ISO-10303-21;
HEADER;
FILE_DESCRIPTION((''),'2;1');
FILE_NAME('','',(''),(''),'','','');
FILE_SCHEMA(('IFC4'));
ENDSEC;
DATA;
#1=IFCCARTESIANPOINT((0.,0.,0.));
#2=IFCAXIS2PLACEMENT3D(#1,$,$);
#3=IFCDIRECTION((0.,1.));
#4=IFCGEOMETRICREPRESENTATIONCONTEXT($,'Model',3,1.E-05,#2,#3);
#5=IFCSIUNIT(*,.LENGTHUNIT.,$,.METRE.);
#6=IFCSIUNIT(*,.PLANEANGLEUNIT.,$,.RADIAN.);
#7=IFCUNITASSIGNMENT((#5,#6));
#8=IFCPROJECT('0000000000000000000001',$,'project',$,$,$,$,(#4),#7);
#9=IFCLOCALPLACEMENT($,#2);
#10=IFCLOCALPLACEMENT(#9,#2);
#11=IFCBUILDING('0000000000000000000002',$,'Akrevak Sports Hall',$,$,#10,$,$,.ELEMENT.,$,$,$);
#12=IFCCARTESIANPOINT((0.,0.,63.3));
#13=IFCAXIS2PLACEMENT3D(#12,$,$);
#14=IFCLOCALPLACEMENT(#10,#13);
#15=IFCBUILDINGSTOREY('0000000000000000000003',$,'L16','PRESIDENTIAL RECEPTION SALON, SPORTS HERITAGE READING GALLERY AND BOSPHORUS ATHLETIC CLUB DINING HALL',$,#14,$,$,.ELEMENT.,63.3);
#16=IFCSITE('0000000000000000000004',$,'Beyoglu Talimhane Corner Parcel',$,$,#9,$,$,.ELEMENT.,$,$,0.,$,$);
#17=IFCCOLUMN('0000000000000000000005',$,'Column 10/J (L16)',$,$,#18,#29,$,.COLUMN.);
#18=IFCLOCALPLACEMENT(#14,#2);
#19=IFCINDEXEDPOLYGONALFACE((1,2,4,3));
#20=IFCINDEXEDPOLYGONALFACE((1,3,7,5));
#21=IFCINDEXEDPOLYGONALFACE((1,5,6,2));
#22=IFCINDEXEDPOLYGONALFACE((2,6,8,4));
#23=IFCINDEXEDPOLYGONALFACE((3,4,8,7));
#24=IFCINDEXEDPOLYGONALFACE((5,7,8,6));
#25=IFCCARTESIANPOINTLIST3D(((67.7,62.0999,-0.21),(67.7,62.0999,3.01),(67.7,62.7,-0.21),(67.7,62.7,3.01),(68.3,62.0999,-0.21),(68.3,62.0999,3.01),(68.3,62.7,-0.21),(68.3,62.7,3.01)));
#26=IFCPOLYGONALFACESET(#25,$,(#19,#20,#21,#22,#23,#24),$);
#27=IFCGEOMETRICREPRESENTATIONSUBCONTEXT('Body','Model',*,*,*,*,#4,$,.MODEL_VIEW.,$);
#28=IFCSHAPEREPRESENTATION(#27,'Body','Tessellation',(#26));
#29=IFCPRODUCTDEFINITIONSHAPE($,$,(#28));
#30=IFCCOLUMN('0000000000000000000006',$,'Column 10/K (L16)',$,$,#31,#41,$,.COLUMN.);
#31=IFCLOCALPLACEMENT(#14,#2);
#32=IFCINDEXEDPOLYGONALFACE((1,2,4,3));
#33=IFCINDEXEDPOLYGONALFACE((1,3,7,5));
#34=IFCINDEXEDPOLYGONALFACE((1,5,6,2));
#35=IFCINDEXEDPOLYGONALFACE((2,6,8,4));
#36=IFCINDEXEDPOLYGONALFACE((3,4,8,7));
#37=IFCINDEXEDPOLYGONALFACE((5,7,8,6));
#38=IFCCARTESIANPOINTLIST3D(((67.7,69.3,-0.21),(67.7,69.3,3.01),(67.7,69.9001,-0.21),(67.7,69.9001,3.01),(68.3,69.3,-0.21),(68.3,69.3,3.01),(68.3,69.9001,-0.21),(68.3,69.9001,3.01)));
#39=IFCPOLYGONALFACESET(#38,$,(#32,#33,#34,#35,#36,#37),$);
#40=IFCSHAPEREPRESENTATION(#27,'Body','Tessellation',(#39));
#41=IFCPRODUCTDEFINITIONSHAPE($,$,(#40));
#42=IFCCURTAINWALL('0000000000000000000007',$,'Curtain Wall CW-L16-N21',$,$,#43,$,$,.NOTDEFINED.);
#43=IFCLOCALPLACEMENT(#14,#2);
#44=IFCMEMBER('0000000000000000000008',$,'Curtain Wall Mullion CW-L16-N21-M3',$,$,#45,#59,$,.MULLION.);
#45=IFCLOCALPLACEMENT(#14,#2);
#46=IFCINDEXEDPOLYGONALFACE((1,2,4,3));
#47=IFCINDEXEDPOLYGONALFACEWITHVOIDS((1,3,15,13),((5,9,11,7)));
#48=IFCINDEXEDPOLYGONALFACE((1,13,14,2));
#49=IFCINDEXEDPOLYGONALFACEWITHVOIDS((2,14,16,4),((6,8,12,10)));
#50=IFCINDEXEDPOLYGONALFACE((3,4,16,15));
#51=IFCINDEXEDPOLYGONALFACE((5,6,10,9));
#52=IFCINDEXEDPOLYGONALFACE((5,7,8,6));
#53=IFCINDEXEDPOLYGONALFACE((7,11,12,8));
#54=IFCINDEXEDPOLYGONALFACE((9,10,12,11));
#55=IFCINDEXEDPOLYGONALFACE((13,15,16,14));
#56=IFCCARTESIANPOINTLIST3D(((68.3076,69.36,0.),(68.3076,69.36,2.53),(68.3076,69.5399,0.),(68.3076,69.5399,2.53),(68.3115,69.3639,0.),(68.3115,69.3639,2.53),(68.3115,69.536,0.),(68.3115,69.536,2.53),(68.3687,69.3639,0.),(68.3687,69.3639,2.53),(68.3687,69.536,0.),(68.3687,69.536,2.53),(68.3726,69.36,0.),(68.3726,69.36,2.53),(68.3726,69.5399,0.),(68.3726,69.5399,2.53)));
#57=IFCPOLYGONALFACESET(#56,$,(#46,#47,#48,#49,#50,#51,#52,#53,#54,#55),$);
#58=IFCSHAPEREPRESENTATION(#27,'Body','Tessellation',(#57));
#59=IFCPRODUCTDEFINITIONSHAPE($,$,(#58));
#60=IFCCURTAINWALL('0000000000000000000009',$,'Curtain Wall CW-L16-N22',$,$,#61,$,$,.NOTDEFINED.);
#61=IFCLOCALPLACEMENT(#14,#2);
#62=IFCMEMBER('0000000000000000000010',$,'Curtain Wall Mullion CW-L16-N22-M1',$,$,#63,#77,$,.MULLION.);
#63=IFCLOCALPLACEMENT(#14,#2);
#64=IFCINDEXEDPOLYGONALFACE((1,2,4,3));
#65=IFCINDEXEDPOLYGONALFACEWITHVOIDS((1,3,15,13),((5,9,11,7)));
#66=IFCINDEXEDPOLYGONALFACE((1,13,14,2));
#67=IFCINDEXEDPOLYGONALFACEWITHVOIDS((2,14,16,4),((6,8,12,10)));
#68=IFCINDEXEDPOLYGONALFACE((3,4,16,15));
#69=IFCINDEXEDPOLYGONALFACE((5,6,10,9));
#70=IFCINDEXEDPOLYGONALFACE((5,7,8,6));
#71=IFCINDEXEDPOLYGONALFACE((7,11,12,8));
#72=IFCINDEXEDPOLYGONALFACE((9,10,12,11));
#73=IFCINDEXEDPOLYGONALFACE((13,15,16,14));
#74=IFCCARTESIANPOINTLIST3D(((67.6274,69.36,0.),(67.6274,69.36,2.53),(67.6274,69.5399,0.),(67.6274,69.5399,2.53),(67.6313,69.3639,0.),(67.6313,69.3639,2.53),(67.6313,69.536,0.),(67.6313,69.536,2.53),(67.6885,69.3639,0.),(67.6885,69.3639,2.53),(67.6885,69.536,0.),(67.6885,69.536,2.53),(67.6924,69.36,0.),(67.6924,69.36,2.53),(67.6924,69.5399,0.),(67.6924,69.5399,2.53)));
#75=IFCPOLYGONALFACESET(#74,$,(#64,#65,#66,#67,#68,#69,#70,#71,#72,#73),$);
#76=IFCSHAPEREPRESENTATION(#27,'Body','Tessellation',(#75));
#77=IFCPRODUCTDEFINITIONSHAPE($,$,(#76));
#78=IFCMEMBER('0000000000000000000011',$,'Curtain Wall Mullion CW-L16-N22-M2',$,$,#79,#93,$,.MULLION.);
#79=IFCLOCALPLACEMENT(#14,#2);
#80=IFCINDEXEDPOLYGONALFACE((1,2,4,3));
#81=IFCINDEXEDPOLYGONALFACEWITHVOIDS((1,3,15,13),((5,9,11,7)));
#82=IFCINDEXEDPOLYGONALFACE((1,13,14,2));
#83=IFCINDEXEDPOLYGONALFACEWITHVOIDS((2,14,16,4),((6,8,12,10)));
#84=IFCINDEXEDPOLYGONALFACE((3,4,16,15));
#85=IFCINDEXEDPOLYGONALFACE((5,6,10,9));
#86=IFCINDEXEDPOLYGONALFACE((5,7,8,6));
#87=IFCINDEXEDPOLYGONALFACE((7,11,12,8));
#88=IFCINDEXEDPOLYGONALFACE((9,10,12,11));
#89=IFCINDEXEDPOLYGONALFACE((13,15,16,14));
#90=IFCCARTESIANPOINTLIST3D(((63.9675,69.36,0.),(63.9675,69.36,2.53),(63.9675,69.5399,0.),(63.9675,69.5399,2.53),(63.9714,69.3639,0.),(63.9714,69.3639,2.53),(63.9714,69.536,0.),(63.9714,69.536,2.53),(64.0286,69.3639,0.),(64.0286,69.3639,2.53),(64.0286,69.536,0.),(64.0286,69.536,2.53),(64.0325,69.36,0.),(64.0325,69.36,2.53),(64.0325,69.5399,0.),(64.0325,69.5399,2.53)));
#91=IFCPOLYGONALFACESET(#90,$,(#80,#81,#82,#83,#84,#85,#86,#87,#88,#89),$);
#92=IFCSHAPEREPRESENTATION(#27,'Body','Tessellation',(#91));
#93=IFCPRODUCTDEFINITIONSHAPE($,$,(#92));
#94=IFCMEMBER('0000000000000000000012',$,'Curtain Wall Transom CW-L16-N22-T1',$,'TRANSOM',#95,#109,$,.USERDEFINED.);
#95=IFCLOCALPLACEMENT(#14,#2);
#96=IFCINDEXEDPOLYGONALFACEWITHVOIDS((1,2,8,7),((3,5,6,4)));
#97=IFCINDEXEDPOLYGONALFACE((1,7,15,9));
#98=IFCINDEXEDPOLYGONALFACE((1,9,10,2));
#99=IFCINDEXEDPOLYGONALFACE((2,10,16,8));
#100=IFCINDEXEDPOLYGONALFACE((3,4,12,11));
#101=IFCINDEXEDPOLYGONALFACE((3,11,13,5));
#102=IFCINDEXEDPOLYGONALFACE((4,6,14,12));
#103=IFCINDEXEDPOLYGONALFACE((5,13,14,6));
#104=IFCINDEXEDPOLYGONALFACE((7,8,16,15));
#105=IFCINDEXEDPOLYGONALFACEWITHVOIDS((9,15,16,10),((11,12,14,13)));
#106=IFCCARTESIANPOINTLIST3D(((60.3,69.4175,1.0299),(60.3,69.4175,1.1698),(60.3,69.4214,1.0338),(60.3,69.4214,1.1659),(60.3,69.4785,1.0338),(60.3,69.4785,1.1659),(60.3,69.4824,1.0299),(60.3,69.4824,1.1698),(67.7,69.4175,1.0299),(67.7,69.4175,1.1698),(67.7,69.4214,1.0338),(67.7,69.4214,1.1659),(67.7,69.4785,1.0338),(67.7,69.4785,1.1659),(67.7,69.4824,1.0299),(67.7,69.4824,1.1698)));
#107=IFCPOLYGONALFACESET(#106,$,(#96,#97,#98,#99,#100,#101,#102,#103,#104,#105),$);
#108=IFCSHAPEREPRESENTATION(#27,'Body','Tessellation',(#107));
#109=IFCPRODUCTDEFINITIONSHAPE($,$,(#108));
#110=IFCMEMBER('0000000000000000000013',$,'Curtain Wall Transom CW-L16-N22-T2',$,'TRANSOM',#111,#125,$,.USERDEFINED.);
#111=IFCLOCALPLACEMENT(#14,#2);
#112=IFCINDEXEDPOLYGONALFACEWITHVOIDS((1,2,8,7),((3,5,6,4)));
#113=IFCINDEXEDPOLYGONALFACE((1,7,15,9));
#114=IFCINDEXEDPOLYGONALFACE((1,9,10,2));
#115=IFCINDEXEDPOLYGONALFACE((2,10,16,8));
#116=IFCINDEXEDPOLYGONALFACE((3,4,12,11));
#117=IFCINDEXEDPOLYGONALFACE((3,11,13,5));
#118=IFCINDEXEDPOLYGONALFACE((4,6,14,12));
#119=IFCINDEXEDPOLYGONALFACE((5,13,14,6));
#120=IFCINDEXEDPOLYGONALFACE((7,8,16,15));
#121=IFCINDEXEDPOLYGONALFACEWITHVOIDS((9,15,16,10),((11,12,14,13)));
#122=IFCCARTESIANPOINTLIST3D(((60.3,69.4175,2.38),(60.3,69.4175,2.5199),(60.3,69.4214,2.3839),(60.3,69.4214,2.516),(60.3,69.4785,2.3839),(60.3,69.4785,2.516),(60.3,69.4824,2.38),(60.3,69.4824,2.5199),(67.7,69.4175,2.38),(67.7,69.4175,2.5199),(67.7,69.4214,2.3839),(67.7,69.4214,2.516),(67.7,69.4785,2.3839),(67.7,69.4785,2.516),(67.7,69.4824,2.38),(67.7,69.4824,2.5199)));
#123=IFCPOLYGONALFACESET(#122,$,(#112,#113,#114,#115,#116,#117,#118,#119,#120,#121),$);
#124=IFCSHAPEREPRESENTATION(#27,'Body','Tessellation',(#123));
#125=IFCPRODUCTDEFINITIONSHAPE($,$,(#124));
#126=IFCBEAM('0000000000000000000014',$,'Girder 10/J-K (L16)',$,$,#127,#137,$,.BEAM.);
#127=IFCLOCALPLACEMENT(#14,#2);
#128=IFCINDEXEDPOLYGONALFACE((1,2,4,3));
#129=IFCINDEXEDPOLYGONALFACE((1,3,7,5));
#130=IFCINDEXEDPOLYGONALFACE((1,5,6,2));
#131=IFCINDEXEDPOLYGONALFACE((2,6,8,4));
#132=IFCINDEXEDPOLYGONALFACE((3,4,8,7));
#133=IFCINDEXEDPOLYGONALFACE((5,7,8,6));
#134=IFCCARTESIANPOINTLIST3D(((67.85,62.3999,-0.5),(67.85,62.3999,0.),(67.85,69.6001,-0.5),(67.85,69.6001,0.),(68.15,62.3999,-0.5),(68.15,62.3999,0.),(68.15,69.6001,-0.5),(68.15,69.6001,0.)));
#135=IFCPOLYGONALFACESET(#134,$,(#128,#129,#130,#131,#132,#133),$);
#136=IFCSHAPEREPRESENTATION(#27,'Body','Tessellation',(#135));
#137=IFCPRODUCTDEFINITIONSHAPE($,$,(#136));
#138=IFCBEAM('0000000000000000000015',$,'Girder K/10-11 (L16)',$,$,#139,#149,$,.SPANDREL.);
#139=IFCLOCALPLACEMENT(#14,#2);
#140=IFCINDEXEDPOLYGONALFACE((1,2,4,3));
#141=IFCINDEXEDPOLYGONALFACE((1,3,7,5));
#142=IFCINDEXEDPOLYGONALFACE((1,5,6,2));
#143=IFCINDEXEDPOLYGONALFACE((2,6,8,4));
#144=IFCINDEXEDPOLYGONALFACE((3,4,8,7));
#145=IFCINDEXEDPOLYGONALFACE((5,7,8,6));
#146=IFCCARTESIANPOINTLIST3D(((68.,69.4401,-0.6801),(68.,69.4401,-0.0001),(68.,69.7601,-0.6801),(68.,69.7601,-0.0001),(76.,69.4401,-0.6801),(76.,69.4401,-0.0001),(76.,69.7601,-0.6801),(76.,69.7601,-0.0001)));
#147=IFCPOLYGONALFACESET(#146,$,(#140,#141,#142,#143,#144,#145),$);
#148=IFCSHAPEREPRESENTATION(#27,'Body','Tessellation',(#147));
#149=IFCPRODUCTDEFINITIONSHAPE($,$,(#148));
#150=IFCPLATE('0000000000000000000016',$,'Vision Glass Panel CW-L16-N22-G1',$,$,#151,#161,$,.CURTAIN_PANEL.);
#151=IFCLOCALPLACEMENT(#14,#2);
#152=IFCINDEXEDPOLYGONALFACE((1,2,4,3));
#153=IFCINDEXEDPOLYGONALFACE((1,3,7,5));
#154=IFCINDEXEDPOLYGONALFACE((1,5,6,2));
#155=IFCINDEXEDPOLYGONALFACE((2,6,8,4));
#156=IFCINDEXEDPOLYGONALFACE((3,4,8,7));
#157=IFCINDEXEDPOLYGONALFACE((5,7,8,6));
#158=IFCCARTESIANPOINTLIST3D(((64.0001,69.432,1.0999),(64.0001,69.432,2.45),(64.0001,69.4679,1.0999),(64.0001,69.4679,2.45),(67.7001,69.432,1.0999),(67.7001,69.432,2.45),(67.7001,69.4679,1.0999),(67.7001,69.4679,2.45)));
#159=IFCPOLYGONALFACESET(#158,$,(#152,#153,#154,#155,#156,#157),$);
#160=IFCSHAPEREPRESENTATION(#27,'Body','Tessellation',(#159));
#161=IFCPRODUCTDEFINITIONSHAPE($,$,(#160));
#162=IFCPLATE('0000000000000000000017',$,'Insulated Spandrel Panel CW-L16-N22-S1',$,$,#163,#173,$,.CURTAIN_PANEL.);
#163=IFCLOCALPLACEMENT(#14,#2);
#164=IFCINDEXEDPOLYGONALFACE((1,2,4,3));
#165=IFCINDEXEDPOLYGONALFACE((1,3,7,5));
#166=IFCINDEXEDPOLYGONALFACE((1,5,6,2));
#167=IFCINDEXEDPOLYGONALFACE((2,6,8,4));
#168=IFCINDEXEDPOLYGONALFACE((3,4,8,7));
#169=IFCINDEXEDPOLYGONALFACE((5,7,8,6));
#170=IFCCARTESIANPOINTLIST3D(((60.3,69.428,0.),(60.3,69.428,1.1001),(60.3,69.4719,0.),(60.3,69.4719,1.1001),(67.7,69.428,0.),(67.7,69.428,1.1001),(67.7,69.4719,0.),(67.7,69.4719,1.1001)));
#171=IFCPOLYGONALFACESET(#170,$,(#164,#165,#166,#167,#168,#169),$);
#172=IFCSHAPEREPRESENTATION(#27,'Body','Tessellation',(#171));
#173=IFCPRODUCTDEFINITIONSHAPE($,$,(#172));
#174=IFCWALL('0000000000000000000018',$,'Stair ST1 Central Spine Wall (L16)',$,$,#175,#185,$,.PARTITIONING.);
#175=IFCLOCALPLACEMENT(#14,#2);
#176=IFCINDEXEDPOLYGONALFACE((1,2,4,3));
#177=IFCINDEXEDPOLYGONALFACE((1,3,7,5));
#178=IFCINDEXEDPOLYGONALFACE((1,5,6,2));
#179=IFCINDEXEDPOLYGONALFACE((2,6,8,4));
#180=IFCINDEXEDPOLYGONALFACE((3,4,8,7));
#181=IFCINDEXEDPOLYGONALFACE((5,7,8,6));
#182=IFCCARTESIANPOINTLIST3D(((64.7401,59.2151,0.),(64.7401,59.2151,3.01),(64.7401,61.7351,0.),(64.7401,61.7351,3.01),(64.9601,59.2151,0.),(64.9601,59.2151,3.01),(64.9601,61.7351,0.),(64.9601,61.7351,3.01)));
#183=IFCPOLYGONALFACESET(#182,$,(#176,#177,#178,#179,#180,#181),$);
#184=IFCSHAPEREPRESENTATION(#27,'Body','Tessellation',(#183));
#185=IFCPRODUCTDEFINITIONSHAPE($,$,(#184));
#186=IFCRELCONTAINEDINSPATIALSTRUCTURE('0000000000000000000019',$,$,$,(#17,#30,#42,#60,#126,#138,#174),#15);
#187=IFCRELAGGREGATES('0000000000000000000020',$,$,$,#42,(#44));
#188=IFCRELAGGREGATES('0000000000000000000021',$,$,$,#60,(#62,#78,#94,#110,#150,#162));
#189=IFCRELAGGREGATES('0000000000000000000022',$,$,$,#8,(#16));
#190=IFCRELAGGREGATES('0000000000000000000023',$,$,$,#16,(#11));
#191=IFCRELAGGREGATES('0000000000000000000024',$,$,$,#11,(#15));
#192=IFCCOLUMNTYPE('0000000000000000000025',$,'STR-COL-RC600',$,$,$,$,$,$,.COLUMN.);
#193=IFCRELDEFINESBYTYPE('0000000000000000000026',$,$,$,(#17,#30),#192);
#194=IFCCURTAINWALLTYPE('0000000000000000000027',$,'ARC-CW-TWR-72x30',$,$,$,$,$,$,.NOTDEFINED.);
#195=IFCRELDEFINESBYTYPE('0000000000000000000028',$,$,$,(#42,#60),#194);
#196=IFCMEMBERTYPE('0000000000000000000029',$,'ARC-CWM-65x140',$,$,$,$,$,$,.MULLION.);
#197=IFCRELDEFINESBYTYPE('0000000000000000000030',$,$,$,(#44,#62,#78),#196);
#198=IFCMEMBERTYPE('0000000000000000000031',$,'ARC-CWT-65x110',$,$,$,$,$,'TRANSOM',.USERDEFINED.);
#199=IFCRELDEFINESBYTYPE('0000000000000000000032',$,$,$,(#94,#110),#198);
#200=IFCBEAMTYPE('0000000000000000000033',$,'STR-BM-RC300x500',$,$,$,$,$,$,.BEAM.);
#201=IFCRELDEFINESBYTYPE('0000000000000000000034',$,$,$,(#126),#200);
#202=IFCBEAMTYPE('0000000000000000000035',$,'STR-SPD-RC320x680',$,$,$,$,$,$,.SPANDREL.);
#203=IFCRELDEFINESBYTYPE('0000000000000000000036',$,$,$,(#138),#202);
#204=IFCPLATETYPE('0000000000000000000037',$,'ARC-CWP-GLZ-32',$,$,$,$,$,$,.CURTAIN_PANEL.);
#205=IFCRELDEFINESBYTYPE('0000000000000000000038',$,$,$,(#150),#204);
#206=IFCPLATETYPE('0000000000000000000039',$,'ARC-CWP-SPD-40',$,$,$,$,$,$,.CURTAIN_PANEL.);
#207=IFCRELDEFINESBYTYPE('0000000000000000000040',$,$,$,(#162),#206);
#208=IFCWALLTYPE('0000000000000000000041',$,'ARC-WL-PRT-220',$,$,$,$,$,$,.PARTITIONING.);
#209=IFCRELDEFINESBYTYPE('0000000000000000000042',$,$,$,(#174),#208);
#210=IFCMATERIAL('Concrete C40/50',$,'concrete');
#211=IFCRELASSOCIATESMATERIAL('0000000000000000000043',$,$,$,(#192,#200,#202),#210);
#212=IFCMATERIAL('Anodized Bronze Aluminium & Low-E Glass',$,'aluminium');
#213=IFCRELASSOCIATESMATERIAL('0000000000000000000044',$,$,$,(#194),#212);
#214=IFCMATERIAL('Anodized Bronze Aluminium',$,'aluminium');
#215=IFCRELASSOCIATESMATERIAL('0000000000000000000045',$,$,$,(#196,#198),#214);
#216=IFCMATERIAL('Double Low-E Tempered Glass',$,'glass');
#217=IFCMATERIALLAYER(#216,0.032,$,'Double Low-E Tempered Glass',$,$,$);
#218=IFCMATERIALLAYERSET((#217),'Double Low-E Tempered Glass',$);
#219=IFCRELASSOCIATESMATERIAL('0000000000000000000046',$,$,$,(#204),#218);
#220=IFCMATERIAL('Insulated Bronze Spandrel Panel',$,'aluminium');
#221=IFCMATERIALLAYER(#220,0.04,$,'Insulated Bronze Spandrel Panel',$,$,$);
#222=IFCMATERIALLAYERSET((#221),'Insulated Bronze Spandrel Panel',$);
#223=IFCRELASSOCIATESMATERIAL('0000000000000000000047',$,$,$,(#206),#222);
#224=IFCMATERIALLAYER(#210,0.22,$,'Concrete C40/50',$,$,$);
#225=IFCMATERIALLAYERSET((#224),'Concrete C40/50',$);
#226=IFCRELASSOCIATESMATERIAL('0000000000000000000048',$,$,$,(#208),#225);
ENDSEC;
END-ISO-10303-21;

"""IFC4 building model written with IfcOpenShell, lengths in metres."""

from ifc_helpers import new_model, si_unit, direction, frame, frame_2d, origin, origin_2d, place, context, subcontext, project, spatial, rectangle, hollow_rectangle, extrude, material, layer, layer_set, material_profile, profile_set, type_object, element, aggregate, save


model = new_model("IFC4")

# Units and contexts
model_context = context("Model", 3, precision=1e-05, world=origin(), true_north=direction((0.0, 1.0)))
body_context = subcontext(model_context, "Body", "Model", "MODEL_VIEW")
ifc_project = project(units=[si_unit("LENGTHUNIT", "METRE"), si_unit("PLANEANGLEUNIT", "RADIAN")], contexts=[model_context])

# Site, building, storey
site_placement = place(None, origin())
site = spatial("IfcSite", under=ifc_project, at=site_placement, Name="Beyoglu Talimhane Corner Parcel", CompositionType="ELEMENT", RefElevation=0.0)
building_placement = place(site_placement, origin())
building = spatial("IfcBuilding", under=site, at=building_placement, Name="Akrevak Sports Hall", CompositionType="ELEMENT")
storey_placement = place(building_placement, frame((0.0, 0.0, 63.3)))
storey = spatial("IfcBuildingStorey", under=building, at=storey_placement, Name="L16", Description="PRESIDENTIAL RECEPTION SALON, SPORTS HERITAGE READING GALLERY AND BOSPHORUS ATHLETIC CLUB DINING HALL", CompositionType="ELEMENT", Elevation=63.3)

# Columns
ifc_material_1 = material(Name="Concrete C40/50", Category="concrete")
ifc_material_profile_1 = material_profile(ifc_material_1, rectangle(XDim=0.6001, YDim=0.6001, at=origin_2d()), Name="RC 600x600", Category="concrete")
ifc_profile_set_1 = profile_set([ifc_material_profile_1], Name="Concrete C40/50")
column_type = type_object("IfcColumnType", Name="STR-COL-RC600", PredefinedType="COLUMN", material=ifc_profile_set_1)
for number, where, z_axis, x_axis, name in (
    (1, (68.0, 62.3999, -0.21), (0.0, 0.0, 1.0), (1.0, 0.0, 0.0), "Column 10/J (L16)"),
    (2, (68.0, 69.6001, -0.21), (0.0, 0.0, 1.0), (1.0, 0.0, 0.0), "Column 10/K (L16)"),
):
    element("IfcColumn", number, at=place(storey_placement, frame(where, z_axis=z_axis, x_axis=x_axis)), inside=storey, type_object=column_type, Name=name, PredefinedType="COLUMN", context=body_context, shape_type="SweptSolid", body=[
        extrude(rectangle(XDim=0.6001, YDim=0.6001, at=origin_2d()), origin(), (0.0, 0.0, 1.0), 3.22),
    ])

# Curtain wall, member
ifc_material_2 = material(Name="Anodized Bronze Aluminium & Low-E Glass", Category="aluminium")
curtain_wall_type = type_object("IfcCurtainWallType", Name="ARC-CW-TWR-72x30", PredefinedType="NOTDEFINED", material=ifc_material_2)
curtain_wall_1_placement = place(storey_placement, origin())
curtain_wall_1 = element("IfcCurtainWall", 3, at=curtain_wall_1_placement, inside=storey, type_object=curtain_wall_type, Name="Curtain Wall CW-L16-N21", PredefinedType="NOTDEFINED")
ifc_material_3 = material(Name="Anodized Bronze Aluminium", Category="aluminium")
ifc_material_profile_2 = material_profile(ifc_material_3, hollow_rectangle(XDim=0.0649, YDim=0.1799, WallThickness=0.0039, at=origin_2d()), Name="CWM 65x180", Category="aluminium")
ifc_profile_set_2 = profile_set([ifc_material_profile_2], Name="Anodized Bronze Aluminium")
member_type_1 = type_object("IfcMemberType", Name="ARC-CWM-65x140", PredefinedType="MULLION", material=ifc_profile_set_2)
member_1_placement = place(storey_placement, frame((68.3401, 69.45, 0.0), z_axis=(0.0, 0.0, 1.0), x_axis=(-1.0, 0.0, 0.0)))
member_1 = element("IfcMember", 4, at=member_1_placement, type_object=member_type_1, Name="Curtain Wall Mullion CW-L16-N21-M3", PredefinedType="MULLION", context=body_context, shape_type="SweptSolid", body=[
    extrude(hollow_rectangle(XDim=0.0649, YDim=0.1799, WallThickness=0.0039, at=origin_2d()), origin(), (0.0, 0.0, 1.0), 2.53),
])
aggregate(curtain_wall_1, [member_1])

# Curtain wall, members
curtain_wall_2_placement = place(storey_placement, origin())
curtain_wall_2 = element("IfcCurtainWall", 5, at=curtain_wall_2_placement, inside=storey, type_object=curtain_wall_type, Name="Curtain Wall CW-L16-N22", PredefinedType="NOTDEFINED")
member_2_placement = place(storey_placement, frame((67.6599, 69.45, 0.0), z_axis=(0.0, 0.0, 1.0), x_axis=(-1.0, 0.0, 0.0)))
member_2 = element("IfcMember", 6, at=member_2_placement, type_object=member_type_1, Name="Curtain Wall Mullion CW-L16-N22-M1", PredefinedType="MULLION", context=body_context, shape_type="SweptSolid", body=[
    extrude(hollow_rectangle(XDim=0.0649, YDim=0.1799, WallThickness=0.0039, at=origin_2d()), origin(), (0.0, 0.0, 1.0), 2.53),
])
member_3_placement = place(storey_placement, frame((64.0, 69.45, 0.0), z_axis=(0.0, 0.0, 1.0), x_axis=(-1.0, 0.0, 0.0)))
member_3 = element("IfcMember", 7, at=member_3_placement, type_object=member_type_1, Name="Curtain Wall Mullion CW-L16-N22-M2", PredefinedType="MULLION", context=body_context, shape_type="SweptSolid", body=[
    extrude(hollow_rectangle(XDim=0.0649, YDim=0.1799, WallThickness=0.0039, at=origin_2d()), origin(), (0.0, 0.0, 1.0), 2.53),
])
ifc_material_profile_3 = material_profile(ifc_material_3, hollow_rectangle(XDim=0.0649, YDim=0.1399, WallThickness=0.0039, at=origin_2d()), Name="CWT 65x140", Category="aluminium")
ifc_profile_set_3 = profile_set([ifc_material_profile_3], Name="Anodized Bronze Aluminium")
member_type_2 = type_object("IfcMemberType", Name="ARC-CWT-65x110", ElementType="TRANSOM", PredefinedType="USERDEFINED", material=ifc_profile_set_3)
member_4_placement = place(storey_placement, frame((67.7, 69.45, 1.0999), z_axis=(-1.0, 0.0, 0.0), x_axis=(0.0, -1.0, 0.0)))
member_4 = element("IfcMember", 8, at=member_4_placement, type_object=member_type_2, Name="Curtain Wall Transom CW-L16-N22-T1", ObjectType="TRANSOM", PredefinedType="USERDEFINED", context=body_context, shape_type="SweptSolid", body=[
    extrude(hollow_rectangle(XDim=0.0649, YDim=0.1399, WallThickness=0.0039, at=origin_2d()), origin(), (0.0, 0.0, 1.0), 7.3999),
])
member_5_placement = place(storey_placement, frame((67.7, 69.45, 2.45), z_axis=(-1.0, 0.0, 0.0), x_axis=(0.0, -1.0, 0.0)))
member_5 = element("IfcMember", 9, at=member_5_placement, type_object=member_type_2, Name="Curtain Wall Transom CW-L16-N22-T2", ObjectType="TRANSOM", PredefinedType="USERDEFINED", context=body_context, shape_type="SweptSolid", body=[
    extrude(hollow_rectangle(XDim=0.0649, YDim=0.1399, WallThickness=0.0039, at=origin_2d()), origin(), (0.0, 0.0, 1.0), 7.3999),
])

# Beams
ifc_material_profile_4 = material_profile(ifc_material_1, rectangle(XDim=0.3, YDim=0.5, at=origin_2d()), Name="BM 300x500", Category="concrete")
ifc_profile_set_4 = profile_set([ifc_material_profile_4], Name="Concrete C40/50")
beam_type_1 = type_object("IfcBeamType", Name="STR-BM-RC300x500", PredefinedType="BEAM", material=ifc_profile_set_4)
beam_1_placement = place(storey_placement, frame((68.0, 62.3999, -0.25), z_axis=(0.0, 1.0, 0.0), x_axis=(-1.0, 0.0, 0.0)))
element("IfcBeam", 10, at=beam_1_placement, inside=storey, type_object=beam_type_1, Name="Girder 10/J-K (L16)", PredefinedType="BEAM", context=body_context, shape_type="SweptSolid", body=[
    extrude(rectangle(XDim=0.3, YDim=0.5, at=origin_2d()), origin(), (0.0, 0.0, 1.0), 7.2002),
])
ifc_material_profile_5 = material_profile(ifc_material_1, rectangle(XDim=0.3201, YDim=0.6799, at=origin_2d()), Name="SPD 320x680", Category="concrete")
ifc_profile_set_5 = profile_set([ifc_material_profile_5], Name="Concrete C40/50")
beam_type_2 = type_object("IfcBeamType", Name="STR-SPD-RC320x680", PredefinedType="SPANDREL", material=ifc_profile_set_5)
beam_2_placement = place(storey_placement, frame((68.0, 69.6001, -0.3401), z_axis=(1.0, 0.0, 0.0), x_axis=(0.0, 1.0, 0.0)))
element("IfcBeam", 11, at=beam_2_placement, inside=storey, type_object=beam_type_2, Name="Girder K/10-11 (L16)", PredefinedType="SPANDREL", context=body_context, shape_type="SweptSolid", body=[
    extrude(rectangle(XDim=0.3201, YDim=0.6799, at=origin_2d()), origin(), (0.0, 0.0, 1.0), 8.0),
])

# Plates
ifc_material_4 = material(Name="Double Low-E Tempered Glass", Category="glass")
ifc_layer_1 = layer(ifc_material_4, 0.032, Name="Double Low-E Tempered Glass")
ifc_layer_set_1 = layer_set([ifc_layer_1], Name="Double Low-E Tempered Glass")
plate_type_1 = type_object("IfcPlateType", Name="ARC-CWP-GLZ-32", PredefinedType="CURTAIN_PANEL", material=ifc_layer_set_1)
plate_1_placement = place(storey_placement, frame((65.8501, 69.45, 1.0999), z_axis=(0.0, 0.0, 1.0), x_axis=(-1.0, 0.0, 0.0)))
plate_1 = element("IfcPlate", 12, at=plate_1_placement, type_object=plate_type_1, Name="Vision Glass Panel CW-L16-N22-G1", PredefinedType="CURTAIN_PANEL", context=body_context, shape_type="SweptSolid", body=[
    extrude(rectangle(XDim=3.7, YDim=0.0359, at=origin_2d()), origin(), (0.0, 0.0, 1.0), 1.3501),
])
ifc_material_5 = material(Name="Insulated Bronze Spandrel Panel", Category="aluminium")
ifc_layer_2 = layer(ifc_material_5, 0.04, Name="Insulated Bronze Spandrel Panel")
ifc_layer_set_2 = layer_set([ifc_layer_2], Name="Insulated Bronze Spandrel Panel")
plate_type_2 = type_object("IfcPlateType", Name="ARC-CWP-SPD-40", PredefinedType="CURTAIN_PANEL", material=ifc_layer_set_2)
plate_2_placement = place(storey_placement, frame((64.0, 69.45, 0.0), z_axis=(0.0, 0.0, 1.0), x_axis=(-1.0, 0.0, 0.0)))
plate_2 = element("IfcPlate", 13, at=plate_2_placement, type_object=plate_type_2, Name="Insulated Spandrel Panel CW-L16-N22-S1", PredefinedType="CURTAIN_PANEL", context=body_context, shape_type="SweptSolid", body=[
    extrude(rectangle(XDim=7.3999, YDim=0.0439, at=origin_2d()), origin(), (0.0, 0.0, 1.0), 1.1001),
])
aggregate(curtain_wall_2, [member_2, member_3, member_4, member_5, plate_1, plate_2])

# Wall
ifc_layer_3 = layer(ifc_material_1, 0.22, Name="Concrete C40/50")
ifc_layer_set_3 = layer_set([ifc_layer_3], Name="Concrete C40/50")
wall_type_1 = type_object("IfcWallType", Name="ARC-WL-PRT-220", PredefinedType="PARTITIONING", material=ifc_layer_set_3)
wall_1_placement = place(storey_placement, frame((64.8501, 59.2151, 0.0), z_axis=(0.0, 0.0, 1.0), x_axis=(0.0, 1.0, 0.0)))
element("IfcWall", 14, at=wall_1_placement, inside=storey, type_object=wall_type_1, Name="Stair ST1 Central Spine Wall (L16)", PredefinedType="PARTITIONING", context=body_context, shape_type="SweptSolid", body=[
    extrude(rectangle(XDim=2.52, YDim=0.22, at=frame_2d((1.26, 0.0))), origin(), (0.0, 0.0, 1.0), 3.01),
])

save(model, "model.ifc")
